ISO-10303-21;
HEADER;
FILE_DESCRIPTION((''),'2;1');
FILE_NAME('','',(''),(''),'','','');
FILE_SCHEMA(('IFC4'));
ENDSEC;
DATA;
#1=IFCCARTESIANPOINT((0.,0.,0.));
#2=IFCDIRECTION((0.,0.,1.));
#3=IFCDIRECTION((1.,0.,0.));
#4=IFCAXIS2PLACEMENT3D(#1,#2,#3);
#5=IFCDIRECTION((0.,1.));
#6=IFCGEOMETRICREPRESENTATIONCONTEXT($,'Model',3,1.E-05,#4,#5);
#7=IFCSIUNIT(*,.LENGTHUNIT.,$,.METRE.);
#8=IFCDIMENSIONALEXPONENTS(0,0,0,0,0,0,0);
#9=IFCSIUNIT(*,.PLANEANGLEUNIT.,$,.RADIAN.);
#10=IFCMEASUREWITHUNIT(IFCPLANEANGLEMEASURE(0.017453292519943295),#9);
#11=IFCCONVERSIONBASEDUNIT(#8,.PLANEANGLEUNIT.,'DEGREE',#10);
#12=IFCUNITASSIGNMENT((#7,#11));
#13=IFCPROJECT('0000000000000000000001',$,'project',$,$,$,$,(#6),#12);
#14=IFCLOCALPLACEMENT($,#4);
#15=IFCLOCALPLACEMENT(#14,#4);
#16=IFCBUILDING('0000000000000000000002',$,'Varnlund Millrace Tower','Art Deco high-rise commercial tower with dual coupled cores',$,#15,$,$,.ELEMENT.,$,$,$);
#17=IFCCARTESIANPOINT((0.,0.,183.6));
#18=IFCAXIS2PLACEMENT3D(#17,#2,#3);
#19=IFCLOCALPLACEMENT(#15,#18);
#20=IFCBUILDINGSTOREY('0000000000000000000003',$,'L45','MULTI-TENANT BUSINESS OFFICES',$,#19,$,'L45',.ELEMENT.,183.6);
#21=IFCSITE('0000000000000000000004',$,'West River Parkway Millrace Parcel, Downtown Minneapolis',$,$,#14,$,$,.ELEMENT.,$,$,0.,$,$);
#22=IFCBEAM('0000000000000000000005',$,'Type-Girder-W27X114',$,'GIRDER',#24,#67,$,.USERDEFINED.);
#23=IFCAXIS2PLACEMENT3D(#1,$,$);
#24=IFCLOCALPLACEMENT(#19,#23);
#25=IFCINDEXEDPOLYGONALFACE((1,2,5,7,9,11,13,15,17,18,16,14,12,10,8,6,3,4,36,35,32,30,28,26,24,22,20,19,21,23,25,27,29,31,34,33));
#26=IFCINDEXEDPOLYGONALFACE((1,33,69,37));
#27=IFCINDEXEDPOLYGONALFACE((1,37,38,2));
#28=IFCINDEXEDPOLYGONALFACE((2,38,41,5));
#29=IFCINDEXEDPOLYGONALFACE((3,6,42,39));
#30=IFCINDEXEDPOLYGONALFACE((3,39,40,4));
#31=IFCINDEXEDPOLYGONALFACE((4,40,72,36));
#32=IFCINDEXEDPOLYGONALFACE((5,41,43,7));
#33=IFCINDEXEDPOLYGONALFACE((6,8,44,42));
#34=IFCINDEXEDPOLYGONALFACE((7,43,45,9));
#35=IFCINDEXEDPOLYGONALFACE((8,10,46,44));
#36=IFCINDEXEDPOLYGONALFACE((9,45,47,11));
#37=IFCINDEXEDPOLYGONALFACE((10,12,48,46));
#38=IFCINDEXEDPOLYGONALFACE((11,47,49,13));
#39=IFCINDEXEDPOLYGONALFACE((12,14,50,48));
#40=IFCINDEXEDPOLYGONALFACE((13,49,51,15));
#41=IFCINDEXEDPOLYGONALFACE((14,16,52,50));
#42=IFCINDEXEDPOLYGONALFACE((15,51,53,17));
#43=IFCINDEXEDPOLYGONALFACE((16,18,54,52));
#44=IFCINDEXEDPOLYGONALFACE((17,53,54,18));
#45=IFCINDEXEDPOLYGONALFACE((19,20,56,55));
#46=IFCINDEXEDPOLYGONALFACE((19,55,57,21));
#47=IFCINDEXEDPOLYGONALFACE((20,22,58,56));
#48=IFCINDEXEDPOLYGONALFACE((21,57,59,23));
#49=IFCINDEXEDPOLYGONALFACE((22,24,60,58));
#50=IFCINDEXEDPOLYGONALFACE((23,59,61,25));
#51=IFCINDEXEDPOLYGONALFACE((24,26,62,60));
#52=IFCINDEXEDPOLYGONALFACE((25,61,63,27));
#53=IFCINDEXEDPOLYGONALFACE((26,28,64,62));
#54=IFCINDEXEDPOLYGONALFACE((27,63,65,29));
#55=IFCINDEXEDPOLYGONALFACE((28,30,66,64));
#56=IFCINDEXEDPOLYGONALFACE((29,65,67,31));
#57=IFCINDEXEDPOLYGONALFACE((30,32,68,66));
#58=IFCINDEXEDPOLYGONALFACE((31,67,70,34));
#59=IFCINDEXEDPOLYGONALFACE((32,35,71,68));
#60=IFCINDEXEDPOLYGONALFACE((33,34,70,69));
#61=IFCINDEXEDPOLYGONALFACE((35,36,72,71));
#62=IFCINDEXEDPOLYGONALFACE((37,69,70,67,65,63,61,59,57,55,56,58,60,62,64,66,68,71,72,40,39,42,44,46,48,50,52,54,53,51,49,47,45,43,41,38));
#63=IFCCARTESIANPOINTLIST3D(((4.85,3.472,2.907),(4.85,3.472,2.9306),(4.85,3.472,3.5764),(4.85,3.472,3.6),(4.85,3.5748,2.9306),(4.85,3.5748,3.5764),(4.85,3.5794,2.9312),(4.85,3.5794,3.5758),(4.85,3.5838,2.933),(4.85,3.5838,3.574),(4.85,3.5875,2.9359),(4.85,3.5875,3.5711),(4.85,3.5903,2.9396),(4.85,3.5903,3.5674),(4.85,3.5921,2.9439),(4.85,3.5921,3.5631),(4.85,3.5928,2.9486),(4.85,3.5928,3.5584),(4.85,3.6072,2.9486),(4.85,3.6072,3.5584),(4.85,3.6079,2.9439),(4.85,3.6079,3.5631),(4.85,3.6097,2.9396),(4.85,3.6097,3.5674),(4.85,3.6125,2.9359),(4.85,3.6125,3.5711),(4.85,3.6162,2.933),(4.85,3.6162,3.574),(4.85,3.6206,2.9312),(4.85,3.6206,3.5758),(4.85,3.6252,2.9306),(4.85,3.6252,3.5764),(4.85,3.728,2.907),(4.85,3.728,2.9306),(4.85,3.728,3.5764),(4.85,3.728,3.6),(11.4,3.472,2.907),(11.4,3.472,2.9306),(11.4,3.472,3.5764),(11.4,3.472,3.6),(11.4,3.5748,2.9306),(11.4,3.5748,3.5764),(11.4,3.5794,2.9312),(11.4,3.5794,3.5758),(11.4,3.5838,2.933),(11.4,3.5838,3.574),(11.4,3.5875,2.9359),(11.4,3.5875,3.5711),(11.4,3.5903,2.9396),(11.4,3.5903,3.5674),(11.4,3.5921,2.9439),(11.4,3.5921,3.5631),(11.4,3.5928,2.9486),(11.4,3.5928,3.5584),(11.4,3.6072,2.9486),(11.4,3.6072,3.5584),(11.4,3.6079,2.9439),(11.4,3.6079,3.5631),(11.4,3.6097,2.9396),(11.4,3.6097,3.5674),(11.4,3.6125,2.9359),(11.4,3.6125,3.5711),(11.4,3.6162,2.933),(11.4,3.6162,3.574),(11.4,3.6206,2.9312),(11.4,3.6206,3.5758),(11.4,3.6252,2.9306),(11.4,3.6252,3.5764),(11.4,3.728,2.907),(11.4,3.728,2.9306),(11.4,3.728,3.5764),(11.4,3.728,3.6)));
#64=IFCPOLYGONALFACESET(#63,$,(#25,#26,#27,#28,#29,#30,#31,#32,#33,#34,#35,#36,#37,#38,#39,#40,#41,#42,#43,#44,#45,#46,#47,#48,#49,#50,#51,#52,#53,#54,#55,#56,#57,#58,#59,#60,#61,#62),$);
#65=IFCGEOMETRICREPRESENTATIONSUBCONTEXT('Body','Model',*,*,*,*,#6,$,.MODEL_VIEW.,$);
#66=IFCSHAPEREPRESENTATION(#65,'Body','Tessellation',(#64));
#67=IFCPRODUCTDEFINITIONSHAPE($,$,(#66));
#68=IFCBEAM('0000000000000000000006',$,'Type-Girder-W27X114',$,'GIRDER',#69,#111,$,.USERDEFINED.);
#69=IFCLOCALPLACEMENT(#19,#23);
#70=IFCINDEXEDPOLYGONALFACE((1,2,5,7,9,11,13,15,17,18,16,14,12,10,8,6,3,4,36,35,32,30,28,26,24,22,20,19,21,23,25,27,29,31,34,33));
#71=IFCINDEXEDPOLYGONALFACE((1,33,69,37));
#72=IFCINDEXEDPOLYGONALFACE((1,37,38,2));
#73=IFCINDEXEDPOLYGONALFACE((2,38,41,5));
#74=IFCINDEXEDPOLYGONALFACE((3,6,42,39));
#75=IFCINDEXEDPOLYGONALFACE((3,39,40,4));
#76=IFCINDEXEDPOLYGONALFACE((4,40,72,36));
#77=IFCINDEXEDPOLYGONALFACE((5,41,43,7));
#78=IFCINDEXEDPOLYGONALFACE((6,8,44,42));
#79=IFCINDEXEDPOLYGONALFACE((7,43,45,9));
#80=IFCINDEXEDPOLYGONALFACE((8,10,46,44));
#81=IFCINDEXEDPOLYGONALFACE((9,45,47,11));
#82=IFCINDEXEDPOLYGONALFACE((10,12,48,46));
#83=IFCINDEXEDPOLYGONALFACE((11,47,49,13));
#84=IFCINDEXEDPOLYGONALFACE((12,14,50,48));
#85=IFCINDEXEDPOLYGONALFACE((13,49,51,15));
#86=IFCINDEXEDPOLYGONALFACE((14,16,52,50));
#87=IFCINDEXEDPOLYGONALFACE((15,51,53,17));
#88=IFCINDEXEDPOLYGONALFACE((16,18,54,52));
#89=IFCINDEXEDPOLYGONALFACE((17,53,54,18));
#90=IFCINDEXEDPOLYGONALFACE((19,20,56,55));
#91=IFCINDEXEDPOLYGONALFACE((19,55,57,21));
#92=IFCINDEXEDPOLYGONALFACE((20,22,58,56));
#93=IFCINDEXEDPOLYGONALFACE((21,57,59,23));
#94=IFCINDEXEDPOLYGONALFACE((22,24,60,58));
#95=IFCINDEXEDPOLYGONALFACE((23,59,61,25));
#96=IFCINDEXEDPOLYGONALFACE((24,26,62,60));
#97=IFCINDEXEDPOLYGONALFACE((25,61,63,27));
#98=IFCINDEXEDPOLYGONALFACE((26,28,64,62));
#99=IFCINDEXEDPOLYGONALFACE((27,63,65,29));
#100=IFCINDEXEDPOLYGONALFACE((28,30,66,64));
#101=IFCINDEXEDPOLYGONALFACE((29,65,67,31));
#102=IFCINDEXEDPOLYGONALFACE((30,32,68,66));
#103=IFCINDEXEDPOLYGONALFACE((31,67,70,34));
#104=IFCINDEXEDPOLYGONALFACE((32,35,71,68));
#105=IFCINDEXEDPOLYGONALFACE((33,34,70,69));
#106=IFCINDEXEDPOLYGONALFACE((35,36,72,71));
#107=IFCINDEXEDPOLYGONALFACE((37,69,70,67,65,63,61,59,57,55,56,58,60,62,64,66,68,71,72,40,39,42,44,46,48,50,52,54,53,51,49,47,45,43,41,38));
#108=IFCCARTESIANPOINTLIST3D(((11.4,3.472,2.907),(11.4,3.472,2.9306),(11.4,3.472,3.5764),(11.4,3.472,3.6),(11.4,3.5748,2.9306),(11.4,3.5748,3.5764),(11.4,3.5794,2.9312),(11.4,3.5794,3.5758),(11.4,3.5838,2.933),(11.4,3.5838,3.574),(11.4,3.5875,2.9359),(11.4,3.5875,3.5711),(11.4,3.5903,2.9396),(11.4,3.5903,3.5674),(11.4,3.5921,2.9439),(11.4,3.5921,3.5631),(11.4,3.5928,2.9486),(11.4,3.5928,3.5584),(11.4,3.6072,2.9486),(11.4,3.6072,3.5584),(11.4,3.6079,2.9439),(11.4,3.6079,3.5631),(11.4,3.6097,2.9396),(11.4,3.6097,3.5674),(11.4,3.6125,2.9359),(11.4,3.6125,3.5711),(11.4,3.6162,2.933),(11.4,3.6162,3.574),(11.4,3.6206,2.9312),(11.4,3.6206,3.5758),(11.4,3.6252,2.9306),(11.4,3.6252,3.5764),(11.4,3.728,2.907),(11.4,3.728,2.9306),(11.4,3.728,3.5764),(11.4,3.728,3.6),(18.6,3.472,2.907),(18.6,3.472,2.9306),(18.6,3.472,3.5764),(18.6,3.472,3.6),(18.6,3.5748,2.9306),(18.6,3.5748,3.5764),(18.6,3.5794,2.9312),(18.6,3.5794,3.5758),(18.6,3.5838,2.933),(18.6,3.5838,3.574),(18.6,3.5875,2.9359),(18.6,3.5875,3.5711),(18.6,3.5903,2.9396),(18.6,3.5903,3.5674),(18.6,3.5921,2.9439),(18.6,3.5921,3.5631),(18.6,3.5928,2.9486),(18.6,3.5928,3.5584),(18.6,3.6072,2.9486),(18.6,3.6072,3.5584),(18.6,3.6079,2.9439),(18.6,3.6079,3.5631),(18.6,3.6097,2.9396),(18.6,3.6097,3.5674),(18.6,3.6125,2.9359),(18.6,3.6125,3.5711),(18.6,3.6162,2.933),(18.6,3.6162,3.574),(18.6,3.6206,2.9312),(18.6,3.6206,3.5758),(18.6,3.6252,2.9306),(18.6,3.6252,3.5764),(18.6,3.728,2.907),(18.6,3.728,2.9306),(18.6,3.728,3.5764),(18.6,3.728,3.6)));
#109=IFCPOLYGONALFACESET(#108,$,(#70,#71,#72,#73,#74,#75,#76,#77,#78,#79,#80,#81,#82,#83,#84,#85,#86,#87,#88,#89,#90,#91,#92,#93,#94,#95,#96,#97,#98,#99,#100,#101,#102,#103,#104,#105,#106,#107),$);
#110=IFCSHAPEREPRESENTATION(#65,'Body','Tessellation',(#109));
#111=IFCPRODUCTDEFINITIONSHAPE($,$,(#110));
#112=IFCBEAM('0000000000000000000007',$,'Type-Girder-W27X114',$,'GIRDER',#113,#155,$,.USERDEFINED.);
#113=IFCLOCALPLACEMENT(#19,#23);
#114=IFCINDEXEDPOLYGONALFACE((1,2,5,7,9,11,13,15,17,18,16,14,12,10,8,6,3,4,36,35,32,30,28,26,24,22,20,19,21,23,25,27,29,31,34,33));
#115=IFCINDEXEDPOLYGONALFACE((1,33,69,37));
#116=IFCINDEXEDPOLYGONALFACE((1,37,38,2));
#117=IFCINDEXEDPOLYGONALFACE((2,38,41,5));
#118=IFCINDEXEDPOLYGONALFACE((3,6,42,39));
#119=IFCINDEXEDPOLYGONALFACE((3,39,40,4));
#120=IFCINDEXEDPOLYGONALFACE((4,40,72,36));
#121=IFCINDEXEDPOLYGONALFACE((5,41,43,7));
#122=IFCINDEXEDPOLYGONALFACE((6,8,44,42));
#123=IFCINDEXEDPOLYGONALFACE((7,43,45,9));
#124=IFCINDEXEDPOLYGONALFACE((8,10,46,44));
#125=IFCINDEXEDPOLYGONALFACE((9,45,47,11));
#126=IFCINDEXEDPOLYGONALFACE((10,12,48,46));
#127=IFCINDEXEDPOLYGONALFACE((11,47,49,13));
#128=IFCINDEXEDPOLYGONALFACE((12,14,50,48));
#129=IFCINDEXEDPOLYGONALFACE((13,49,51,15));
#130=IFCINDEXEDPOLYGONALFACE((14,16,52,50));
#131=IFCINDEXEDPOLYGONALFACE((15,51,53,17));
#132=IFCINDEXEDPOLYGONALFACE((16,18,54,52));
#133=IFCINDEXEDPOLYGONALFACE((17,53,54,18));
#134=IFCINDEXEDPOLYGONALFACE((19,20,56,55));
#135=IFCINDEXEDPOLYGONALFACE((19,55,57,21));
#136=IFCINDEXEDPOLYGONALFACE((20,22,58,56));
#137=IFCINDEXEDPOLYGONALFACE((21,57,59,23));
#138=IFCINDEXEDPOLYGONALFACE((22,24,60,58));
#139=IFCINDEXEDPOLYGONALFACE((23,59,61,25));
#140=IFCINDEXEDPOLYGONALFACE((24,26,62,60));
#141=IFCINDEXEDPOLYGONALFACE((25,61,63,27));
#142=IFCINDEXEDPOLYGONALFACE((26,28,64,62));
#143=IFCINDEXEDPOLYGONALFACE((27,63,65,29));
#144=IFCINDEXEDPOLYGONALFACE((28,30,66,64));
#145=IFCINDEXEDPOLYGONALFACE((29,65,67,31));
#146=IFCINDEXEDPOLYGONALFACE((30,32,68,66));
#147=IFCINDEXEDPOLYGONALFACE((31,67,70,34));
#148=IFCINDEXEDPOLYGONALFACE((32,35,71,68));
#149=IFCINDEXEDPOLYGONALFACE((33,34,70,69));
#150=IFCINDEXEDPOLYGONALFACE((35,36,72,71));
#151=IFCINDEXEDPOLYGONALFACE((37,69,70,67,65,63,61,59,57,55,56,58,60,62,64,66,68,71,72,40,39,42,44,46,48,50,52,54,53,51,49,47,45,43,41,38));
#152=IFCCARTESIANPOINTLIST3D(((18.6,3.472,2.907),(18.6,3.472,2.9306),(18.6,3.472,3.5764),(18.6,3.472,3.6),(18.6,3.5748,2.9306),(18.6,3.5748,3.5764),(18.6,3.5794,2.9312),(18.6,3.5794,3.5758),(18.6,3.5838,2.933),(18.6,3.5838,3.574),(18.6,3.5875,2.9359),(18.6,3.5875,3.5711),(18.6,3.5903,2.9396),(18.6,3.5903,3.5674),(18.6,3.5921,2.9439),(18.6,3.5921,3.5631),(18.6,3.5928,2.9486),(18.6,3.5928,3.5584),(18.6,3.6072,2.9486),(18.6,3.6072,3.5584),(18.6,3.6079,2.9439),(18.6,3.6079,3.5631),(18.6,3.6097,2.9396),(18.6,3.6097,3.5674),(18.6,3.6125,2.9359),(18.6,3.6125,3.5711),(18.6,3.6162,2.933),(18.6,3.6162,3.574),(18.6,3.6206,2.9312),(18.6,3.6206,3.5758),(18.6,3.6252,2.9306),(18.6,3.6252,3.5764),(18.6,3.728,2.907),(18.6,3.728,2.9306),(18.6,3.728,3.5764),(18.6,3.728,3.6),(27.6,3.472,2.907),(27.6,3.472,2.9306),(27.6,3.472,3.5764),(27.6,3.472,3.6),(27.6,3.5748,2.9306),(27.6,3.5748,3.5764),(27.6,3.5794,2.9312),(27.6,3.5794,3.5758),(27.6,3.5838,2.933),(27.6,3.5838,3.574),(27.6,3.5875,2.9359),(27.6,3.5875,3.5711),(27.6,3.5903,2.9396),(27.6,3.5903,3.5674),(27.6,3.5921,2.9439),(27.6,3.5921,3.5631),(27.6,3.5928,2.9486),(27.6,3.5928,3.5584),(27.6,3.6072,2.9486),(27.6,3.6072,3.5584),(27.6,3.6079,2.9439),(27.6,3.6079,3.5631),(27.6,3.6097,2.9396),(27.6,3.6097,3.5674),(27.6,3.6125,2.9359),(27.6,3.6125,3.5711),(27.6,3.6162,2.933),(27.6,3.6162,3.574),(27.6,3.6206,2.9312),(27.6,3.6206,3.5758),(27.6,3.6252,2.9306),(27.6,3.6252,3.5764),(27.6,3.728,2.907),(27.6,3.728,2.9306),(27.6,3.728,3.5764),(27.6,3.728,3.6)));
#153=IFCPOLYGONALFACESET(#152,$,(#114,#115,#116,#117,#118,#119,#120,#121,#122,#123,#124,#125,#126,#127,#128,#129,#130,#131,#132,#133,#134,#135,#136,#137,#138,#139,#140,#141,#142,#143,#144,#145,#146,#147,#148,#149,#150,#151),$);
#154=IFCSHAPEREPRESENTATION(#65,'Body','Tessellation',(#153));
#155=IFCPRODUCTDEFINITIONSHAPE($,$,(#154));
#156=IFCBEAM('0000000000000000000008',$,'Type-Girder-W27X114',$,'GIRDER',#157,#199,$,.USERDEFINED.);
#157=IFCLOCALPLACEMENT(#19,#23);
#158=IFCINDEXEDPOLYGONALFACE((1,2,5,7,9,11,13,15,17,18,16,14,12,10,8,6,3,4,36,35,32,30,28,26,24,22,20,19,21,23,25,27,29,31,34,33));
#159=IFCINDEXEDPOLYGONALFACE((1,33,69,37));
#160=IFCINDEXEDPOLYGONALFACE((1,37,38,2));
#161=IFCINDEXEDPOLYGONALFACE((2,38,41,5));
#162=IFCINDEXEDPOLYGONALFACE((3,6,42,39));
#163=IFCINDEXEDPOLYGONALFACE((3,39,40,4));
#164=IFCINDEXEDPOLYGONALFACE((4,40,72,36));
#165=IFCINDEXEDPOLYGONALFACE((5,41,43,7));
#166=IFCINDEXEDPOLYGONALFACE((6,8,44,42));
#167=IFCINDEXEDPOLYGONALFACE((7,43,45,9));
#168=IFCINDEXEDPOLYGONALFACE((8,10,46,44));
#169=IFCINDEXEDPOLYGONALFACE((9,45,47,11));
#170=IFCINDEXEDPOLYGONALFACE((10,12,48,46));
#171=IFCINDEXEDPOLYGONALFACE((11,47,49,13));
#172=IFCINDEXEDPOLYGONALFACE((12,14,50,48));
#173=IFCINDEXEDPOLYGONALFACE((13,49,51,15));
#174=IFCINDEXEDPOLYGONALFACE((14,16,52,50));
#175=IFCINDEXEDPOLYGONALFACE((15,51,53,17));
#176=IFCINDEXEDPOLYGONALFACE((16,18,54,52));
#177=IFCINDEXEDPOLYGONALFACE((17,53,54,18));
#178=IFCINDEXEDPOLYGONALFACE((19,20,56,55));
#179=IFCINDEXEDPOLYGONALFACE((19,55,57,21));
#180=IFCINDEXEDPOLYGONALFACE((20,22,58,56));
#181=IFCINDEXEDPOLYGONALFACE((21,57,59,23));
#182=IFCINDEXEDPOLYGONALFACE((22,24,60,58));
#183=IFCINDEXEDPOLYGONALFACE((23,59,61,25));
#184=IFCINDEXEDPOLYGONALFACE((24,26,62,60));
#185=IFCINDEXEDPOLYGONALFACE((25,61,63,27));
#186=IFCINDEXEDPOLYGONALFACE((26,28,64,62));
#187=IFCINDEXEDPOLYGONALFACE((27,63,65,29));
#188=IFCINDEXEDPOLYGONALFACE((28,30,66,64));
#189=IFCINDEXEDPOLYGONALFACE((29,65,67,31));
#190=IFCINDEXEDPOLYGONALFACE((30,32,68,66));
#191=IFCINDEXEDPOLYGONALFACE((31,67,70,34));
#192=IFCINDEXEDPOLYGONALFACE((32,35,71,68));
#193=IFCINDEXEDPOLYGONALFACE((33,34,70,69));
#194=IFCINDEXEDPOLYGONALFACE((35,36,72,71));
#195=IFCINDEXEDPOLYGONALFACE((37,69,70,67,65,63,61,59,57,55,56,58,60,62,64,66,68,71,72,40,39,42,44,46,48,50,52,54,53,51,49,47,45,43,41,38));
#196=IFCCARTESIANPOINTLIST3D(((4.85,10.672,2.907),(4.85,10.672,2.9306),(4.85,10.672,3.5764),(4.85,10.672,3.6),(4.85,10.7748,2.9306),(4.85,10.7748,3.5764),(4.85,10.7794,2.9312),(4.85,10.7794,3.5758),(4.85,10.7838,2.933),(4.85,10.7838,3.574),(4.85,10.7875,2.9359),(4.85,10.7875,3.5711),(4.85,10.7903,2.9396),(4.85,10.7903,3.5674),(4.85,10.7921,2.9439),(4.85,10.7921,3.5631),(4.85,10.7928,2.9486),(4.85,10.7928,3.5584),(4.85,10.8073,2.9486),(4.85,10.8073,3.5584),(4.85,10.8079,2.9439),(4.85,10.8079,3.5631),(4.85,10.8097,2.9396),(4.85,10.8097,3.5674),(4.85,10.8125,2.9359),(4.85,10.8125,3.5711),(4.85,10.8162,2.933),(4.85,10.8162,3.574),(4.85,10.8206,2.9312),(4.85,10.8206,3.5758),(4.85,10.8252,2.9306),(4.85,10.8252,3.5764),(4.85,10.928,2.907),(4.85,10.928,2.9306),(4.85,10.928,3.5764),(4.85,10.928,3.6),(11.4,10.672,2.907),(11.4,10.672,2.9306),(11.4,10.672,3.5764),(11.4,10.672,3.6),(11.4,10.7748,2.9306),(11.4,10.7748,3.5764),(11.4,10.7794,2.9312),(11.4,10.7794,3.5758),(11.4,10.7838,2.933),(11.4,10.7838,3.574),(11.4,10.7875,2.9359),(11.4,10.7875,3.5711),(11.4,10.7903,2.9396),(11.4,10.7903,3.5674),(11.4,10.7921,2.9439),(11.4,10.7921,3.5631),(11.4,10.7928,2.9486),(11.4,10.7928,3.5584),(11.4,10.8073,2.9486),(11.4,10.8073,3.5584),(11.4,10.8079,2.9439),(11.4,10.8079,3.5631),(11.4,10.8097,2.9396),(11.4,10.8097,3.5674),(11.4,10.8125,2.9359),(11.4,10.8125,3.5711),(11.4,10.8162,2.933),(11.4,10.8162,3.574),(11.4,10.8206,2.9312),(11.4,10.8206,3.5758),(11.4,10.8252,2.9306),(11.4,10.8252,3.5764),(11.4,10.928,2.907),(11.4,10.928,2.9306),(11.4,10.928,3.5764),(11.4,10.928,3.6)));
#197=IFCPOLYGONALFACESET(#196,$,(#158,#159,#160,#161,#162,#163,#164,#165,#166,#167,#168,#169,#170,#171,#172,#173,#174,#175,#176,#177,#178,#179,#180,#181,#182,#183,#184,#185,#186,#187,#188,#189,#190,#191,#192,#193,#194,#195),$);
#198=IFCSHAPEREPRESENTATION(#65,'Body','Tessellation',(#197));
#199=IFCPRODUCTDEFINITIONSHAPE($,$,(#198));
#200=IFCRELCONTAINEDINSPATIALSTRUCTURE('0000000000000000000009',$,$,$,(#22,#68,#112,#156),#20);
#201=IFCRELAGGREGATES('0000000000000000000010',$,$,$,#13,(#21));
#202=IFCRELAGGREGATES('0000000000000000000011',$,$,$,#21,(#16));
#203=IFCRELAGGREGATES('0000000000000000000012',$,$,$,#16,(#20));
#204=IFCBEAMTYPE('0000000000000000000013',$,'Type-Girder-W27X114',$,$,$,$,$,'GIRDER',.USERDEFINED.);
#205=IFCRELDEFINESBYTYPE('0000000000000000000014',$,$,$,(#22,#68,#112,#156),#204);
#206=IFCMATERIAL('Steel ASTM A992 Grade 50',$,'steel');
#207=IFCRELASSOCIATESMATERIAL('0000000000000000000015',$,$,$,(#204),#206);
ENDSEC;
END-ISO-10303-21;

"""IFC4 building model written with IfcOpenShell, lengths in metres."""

from ifc_helpers import new_model, entity, si_unit, converted_unit, direction, frame, origin_with_axes, origin_2d_with_axis, place, context, subcontext, project, spatial, i_section, extrude, material, material_profile, profile_set, type_object, element, save


model = new_model("IFC4")

# Units and contexts
model_context = context("Model", 3, precision=1e-05, world=origin_with_axes(), true_north=direction((0.0, 1.0)))
body_context = subcontext(model_context, "Body", "Model", "MODEL_VIEW")
ifc_project = project(units=[si_unit("LENGTHUNIT", "METRE"), converted_unit("PLANEANGLEUNIT", "DEGREE", entity("IfcPlaneAngleMeasure", 0.017453292519943295), si_unit("PLANEANGLEUNIT", "RADIAN"), dimensions=[0, 0, 0, 0, 0, 0, 0])], contexts=[model_context])

# Site, building, storey
site_placement = place(None, origin_with_axes())
site = spatial("IfcSite", under=ifc_project, at=site_placement, Name="West River Parkway Millrace Parcel, Downtown Minneapolis", CompositionType="ELEMENT", RefElevation=0.0)
building_placement = place(site_placement, origin_with_axes())
building = spatial("IfcBuilding", under=site, at=building_placement, Name="Varnlund Millrace Tower", Description="Art Deco high-rise commercial tower with dual coupled cores", CompositionType="ELEMENT")
storey_placement = place(building_placement, frame((0.0, 0.0, 183.6), z_axis=(0.0, 0.0, 1.0), x_axis=(1.0, 0.0, 0.0)))
storey = spatial("IfcBuildingStorey", under=building, at=storey_placement, Name="L45", Description="MULTI-TENANT BUSINESS OFFICES", LongName="L45", CompositionType="ELEMENT", Elevation=183.6)

# Beams
ifc_material_1 = material(Name="Steel ASTM A992 Grade 50", Category="steel")
ifc_material_profile_1 = material_profile(ifc_material_1, i_section(OverallWidth=0.256, OverallDepth=0.693, WebThickness=0.0145, FlangeThickness=0.0236, FilletRadius=0.018, at=origin_2d_with_axis()), Name="Steel ASTM A992 Grade 50")
ifc_profile_set_1 = profile_set([ifc_material_profile_1], Name="Steel ASTM A992 Grade 50")
beam_type_1 = type_object("IfcBeamType", Name="Type-Girder-W27X114", ElementType="GIRDER", PredefinedType="USERDEFINED", material=ifc_profile_set_1)
beam_1_placement = place(storey_placement, frame((4.85, 3.6, 3.2535), z_axis=(1.0, 0.0, 0.0), x_axis=(0.0, 1.0, 0.0)))
element("IfcBeam", 1, at=beam_1_placement, inside=storey, type_object=beam_type_1, Name="Type-Girder-W27X114", ObjectType="GIRDER", PredefinedType="USERDEFINED", context=body_context, shape_type="SweptSolid", body=[
    extrude(i_section(OverallWidth=0.256, OverallDepth=0.693, WebThickness=0.0145, FlangeThickness=0.0236, FilletRadius=0.018, at=origin_2d_with_axis()), origin_with_axes(), (0.0, 0.0, 1.0), 6.55),
])
beam_2_placement = place(storey_placement, frame((11.4, 3.6, 3.2535), z_axis=(1.0, 0.0, 0.0), x_axis=(0.0, 1.0, 0.0)))
element("IfcBeam", 2, at=beam_2_placement, inside=storey, type_object=beam_type_1, Name="Type-Girder-W27X114", ObjectType="GIRDER", PredefinedType="USERDEFINED", context=body_context, shape_type="SweptSolid", body=[
    extrude(i_section(OverallWidth=0.256, OverallDepth=0.693, WebThickness=0.0145, FlangeThickness=0.0236, FilletRadius=0.018, at=origin_2d_with_axis()), origin_with_axes(), (0.0, 0.0, 1.0), 7.2),
])
beam_3_placement = place(storey_placement, frame((18.6, 3.6, 3.2535), z_axis=(1.0, 0.0, 0.0), x_axis=(0.0, 1.0, 0.0)))
element("IfcBeam", 3, at=beam_3_placement, inside=storey, type_object=beam_type_1, Name="Type-Girder-W27X114", ObjectType="GIRDER", PredefinedType="USERDEFINED", context=body_context, shape_type="SweptSolid", body=[
    extrude(i_section(OverallWidth=0.256, OverallDepth=0.693, WebThickness=0.0145, FlangeThickness=0.0236, FilletRadius=0.018, at=origin_2d_with_axis()), origin_with_axes(), (0.0, 0.0, 1.0), 9.0),
])
beam_4_placement = place(storey_placement, frame((4.85, 10.8, 3.2535), z_axis=(1.0, 0.0, 0.0), x_axis=(0.0, 1.0, 0.0)))
element("IfcBeam", 4, at=beam_4_placement, inside=storey, type_object=beam_type_1, Name="Type-Girder-W27X114", ObjectType="GIRDER", PredefinedType="USERDEFINED", context=body_context, shape_type="SweptSolid", body=[
    extrude(i_section(OverallWidth=0.256, OverallDepth=0.693, WebThickness=0.0145, FlangeThickness=0.0236, FilletRadius=0.018, at=origin_2d_with_axis()), origin_with_axes(), (0.0, 0.0, 1.0), 6.55),
])

save(model, "model.ifc")
